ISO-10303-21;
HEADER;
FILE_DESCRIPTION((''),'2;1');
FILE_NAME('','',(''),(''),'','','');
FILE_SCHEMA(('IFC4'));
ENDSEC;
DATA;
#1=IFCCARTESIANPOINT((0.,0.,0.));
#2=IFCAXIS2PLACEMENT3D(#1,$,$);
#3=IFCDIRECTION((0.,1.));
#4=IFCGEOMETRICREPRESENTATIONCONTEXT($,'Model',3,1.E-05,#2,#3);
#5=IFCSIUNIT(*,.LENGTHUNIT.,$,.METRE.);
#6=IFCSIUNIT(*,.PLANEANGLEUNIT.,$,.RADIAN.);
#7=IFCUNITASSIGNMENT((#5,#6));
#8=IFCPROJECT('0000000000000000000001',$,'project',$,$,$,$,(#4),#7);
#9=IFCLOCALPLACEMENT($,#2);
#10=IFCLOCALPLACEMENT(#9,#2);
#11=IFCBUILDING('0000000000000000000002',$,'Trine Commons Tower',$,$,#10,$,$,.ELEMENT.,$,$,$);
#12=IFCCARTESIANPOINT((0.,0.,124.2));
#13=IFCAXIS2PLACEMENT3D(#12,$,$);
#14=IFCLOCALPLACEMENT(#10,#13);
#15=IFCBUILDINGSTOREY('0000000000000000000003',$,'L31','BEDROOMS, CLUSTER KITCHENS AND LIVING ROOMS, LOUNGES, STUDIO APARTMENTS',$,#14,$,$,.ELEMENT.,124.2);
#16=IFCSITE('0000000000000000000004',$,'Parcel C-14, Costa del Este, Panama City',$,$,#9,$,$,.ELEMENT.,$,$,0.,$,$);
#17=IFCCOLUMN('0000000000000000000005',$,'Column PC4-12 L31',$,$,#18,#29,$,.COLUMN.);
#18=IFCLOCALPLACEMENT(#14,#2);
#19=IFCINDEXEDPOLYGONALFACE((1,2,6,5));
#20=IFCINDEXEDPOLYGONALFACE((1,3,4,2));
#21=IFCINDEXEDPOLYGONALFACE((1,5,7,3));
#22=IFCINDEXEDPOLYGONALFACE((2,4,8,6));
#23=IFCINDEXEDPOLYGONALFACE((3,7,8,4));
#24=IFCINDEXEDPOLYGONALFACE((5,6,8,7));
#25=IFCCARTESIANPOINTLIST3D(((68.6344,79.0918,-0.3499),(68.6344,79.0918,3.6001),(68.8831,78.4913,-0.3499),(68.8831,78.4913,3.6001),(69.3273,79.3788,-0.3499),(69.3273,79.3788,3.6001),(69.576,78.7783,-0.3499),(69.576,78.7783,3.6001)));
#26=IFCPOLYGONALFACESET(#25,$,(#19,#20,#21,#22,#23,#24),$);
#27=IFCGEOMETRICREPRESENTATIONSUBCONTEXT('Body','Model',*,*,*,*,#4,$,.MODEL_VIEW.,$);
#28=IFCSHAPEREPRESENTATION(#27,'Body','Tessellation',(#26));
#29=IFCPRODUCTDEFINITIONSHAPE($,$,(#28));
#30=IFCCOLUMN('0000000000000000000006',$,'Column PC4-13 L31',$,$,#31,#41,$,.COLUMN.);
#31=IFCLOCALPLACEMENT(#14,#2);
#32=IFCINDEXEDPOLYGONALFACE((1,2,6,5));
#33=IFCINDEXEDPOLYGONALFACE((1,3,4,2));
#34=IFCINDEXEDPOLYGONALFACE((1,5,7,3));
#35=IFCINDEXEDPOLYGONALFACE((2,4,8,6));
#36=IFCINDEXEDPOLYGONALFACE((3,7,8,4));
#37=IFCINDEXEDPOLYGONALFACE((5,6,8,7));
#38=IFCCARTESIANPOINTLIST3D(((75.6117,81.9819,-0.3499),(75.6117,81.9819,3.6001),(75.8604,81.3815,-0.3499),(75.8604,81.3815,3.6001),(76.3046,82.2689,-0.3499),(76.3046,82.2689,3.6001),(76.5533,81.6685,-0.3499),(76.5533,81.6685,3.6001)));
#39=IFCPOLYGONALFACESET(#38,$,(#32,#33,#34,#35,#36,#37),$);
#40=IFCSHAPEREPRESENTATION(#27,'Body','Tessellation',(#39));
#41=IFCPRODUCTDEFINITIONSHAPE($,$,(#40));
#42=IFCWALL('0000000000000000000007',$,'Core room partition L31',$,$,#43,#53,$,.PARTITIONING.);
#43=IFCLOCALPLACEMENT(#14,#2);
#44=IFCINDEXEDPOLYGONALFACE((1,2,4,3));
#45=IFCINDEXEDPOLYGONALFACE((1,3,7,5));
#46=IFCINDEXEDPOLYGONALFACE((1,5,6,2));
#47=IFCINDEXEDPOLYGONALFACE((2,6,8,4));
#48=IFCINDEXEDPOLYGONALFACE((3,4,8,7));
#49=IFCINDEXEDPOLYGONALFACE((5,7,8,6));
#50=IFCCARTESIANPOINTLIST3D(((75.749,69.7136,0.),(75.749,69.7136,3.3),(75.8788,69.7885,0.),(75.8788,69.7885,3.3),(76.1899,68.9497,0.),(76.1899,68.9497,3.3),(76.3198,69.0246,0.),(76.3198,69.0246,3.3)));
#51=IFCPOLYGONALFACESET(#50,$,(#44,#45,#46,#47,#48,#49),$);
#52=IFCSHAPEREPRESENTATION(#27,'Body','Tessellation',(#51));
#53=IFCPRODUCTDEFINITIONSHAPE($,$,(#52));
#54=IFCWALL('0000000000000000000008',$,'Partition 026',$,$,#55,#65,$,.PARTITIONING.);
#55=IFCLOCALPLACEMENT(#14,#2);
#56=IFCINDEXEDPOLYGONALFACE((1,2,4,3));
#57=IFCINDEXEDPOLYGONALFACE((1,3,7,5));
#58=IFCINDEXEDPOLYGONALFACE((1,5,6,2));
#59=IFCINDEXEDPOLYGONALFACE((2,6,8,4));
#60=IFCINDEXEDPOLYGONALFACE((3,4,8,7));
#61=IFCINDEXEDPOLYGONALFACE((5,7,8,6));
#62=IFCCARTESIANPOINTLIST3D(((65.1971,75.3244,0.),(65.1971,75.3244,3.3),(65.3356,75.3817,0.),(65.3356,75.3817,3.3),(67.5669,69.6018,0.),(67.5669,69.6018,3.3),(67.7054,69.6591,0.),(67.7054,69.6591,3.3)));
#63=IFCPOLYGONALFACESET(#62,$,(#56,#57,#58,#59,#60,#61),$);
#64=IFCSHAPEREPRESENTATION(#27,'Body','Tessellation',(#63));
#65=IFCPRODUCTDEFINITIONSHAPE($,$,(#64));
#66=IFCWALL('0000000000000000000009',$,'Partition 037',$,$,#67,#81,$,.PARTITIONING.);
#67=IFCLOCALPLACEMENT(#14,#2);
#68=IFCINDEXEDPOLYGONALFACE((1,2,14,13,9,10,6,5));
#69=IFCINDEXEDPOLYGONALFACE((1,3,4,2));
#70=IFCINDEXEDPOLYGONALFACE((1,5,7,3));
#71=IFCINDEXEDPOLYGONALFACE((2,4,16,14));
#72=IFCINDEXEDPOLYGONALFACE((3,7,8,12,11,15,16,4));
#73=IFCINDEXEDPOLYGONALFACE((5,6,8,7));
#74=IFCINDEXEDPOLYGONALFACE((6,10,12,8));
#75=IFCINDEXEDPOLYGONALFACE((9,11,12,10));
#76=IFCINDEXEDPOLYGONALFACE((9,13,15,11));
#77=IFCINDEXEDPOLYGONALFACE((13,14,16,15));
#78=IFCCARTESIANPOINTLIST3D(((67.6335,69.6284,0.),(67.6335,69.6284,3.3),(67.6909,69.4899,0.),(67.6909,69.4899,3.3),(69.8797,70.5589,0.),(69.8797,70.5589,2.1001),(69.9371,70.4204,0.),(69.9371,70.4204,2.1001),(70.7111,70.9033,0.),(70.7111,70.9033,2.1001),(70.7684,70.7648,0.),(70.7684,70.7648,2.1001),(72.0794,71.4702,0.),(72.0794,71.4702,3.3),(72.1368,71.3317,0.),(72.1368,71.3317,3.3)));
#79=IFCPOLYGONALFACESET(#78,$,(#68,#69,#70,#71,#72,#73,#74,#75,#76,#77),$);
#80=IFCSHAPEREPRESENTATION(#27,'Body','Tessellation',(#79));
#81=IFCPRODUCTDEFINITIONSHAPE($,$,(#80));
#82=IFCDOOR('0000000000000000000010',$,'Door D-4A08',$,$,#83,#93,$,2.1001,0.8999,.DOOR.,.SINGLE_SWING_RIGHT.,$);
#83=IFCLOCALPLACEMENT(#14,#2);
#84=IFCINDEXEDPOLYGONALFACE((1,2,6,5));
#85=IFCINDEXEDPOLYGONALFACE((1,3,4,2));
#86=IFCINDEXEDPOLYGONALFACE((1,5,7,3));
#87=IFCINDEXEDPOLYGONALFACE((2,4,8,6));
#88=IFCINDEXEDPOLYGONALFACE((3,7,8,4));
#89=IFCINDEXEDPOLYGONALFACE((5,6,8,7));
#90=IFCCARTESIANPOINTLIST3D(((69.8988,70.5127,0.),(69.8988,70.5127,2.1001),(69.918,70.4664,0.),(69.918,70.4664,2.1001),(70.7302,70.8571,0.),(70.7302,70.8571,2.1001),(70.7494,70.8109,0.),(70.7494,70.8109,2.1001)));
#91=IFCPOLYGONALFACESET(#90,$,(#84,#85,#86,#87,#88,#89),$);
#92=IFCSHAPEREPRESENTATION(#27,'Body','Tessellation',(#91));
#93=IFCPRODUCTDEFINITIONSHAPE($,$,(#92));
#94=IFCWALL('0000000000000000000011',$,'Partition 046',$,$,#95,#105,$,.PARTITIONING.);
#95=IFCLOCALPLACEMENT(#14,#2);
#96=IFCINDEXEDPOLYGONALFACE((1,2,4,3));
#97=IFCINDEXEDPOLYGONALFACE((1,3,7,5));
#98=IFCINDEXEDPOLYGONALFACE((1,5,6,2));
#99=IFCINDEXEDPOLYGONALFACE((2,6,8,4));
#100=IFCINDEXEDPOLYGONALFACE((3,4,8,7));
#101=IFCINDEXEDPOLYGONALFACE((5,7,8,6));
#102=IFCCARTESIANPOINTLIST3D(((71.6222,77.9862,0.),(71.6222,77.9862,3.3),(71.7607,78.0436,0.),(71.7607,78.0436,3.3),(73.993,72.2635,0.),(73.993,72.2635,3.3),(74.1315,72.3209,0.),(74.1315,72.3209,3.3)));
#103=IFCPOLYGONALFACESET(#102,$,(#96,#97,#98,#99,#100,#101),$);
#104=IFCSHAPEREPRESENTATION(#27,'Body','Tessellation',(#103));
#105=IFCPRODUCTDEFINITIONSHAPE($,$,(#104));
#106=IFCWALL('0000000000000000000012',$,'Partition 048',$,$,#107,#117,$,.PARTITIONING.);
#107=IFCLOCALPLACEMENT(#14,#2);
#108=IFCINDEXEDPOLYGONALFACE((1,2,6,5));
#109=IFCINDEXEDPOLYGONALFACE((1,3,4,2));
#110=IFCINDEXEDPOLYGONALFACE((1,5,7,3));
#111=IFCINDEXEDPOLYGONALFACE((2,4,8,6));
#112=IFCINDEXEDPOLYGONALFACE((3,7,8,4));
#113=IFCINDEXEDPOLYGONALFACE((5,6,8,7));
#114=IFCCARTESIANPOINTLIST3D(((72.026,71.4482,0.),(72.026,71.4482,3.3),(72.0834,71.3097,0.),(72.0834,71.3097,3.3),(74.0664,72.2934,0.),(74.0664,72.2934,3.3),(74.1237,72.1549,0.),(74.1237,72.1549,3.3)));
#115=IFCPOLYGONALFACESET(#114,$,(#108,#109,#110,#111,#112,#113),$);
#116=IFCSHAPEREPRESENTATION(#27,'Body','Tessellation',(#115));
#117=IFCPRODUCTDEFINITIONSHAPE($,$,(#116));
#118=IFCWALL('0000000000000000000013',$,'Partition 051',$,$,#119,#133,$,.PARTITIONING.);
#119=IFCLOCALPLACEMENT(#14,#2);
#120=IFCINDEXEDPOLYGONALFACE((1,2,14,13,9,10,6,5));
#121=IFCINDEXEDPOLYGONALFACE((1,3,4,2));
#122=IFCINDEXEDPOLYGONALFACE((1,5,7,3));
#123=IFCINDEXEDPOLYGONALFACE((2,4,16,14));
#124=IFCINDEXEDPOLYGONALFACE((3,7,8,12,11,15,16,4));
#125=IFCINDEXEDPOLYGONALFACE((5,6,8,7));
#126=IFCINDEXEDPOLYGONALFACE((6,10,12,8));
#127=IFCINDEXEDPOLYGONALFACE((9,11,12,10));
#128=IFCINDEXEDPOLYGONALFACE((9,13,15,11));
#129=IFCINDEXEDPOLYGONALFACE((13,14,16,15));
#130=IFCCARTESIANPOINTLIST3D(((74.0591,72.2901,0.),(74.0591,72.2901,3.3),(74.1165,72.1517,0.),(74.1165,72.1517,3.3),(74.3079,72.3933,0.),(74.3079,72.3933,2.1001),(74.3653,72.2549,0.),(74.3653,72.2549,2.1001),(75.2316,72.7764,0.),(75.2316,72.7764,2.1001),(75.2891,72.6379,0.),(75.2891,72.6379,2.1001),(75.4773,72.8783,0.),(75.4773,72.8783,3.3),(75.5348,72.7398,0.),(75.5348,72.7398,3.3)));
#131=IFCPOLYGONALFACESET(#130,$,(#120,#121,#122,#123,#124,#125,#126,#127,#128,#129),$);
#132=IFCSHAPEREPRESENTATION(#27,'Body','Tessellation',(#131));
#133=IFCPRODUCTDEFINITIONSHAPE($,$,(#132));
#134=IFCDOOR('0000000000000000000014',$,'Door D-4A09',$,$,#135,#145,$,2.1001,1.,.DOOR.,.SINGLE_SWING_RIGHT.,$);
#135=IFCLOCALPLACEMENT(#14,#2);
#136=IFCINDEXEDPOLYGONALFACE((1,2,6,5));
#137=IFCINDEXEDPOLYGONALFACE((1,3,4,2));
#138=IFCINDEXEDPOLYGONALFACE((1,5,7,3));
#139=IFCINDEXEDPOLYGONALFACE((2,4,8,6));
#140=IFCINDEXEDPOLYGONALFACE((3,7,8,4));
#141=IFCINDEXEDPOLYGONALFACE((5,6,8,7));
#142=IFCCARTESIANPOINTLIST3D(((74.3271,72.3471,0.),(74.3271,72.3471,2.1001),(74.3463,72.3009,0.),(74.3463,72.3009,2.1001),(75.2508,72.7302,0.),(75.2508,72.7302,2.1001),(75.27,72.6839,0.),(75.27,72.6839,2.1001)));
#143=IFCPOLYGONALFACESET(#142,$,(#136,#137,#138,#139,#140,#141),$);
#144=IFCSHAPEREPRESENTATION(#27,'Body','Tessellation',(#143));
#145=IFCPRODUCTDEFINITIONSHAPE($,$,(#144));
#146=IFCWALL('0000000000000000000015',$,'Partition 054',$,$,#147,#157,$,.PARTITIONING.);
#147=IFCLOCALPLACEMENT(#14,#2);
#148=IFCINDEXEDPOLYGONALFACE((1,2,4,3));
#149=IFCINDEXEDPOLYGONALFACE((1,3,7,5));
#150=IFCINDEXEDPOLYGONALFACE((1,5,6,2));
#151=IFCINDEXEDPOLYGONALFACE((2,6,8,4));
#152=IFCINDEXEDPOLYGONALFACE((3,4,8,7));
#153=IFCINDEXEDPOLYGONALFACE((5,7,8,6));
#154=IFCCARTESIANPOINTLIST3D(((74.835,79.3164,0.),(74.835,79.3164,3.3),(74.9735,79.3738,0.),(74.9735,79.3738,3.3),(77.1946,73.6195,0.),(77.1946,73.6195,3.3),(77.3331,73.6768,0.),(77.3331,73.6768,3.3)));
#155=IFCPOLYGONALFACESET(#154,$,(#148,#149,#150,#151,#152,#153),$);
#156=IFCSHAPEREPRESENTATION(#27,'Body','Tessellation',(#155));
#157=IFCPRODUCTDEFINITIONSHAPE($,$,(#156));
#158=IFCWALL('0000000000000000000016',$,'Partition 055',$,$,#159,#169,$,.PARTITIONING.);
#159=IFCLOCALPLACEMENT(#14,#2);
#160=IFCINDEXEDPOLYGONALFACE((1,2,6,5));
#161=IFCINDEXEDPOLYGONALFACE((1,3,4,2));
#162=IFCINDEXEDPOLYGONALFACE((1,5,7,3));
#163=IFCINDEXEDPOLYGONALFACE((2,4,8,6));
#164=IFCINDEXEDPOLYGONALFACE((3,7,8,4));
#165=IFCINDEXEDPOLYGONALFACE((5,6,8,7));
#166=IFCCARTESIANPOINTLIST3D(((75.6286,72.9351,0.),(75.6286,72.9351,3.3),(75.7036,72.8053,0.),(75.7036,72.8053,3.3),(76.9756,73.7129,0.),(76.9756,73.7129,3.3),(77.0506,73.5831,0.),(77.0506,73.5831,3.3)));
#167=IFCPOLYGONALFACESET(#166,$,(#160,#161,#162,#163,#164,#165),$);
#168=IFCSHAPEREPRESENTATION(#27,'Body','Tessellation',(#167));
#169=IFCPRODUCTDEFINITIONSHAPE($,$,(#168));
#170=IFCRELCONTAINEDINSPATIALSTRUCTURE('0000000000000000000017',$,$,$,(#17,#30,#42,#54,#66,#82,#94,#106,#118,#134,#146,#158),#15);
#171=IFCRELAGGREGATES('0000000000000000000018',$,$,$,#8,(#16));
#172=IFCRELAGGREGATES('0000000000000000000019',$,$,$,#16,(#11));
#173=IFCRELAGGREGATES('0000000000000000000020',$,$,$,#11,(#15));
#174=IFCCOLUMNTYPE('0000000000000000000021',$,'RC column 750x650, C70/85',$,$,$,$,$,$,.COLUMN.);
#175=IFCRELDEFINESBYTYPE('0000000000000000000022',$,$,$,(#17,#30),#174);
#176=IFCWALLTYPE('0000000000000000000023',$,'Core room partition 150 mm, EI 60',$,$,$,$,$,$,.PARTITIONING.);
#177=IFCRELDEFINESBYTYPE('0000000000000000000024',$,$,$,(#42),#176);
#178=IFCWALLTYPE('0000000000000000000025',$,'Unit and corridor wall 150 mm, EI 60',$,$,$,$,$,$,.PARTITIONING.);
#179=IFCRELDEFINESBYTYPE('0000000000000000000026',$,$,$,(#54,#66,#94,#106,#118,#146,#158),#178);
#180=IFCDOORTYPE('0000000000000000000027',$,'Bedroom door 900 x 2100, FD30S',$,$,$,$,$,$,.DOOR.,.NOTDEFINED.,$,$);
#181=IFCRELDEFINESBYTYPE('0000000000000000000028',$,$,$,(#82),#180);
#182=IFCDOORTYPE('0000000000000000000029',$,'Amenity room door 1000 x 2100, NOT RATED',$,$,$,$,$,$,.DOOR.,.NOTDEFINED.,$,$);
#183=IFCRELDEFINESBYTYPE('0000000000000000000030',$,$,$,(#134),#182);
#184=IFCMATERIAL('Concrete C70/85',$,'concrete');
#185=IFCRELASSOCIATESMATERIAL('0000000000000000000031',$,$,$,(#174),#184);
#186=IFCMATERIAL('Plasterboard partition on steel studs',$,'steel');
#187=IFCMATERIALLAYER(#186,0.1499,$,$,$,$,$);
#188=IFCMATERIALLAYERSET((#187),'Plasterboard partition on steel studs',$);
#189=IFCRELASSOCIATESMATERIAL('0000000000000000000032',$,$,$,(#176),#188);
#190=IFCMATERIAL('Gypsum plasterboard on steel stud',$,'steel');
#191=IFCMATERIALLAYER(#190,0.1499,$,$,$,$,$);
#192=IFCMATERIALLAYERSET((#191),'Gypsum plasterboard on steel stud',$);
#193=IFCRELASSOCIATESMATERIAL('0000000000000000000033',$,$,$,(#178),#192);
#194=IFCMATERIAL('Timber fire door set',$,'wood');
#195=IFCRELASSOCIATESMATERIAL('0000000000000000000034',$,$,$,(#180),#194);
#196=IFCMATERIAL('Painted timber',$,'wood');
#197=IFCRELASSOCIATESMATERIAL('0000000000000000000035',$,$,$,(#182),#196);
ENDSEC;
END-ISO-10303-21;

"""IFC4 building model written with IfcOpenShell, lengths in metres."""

from ifc_helpers import new_model, si_unit, direction, frame, frame_2d, origin, origin_2d, place, context, subcontext, project, spatial, rectangle, extrude, material, layer, layer_set, material_profile, profile_set, type_object, element, fill, save


model = new_model("IFC4")

# Units and contexts
model_context = context("Model", 3, precision=1e-05, world=origin(), true_north=direction((0.0, 1.0)))
body_context = subcontext(model_context, "Body", "Model", "MODEL_VIEW")
ifc_project = project(units=[si_unit("LENGTHUNIT", "METRE"), si_unit("PLANEANGLEUNIT", "RADIAN")], contexts=[model_context])

# Site, building, storey
site_placement = place(None, origin())
site = spatial("IfcSite", under=ifc_project, at=site_placement, Name="Parcel C-14, Costa del Este, Panama City", CompositionType="ELEMENT", RefElevation=0.0)
building_placement = place(site_placement, origin())
building = spatial("IfcBuilding", under=site, at=building_placement, Name="Trine Commons Tower", CompositionType="ELEMENT")
storey_placement = place(building_placement, frame((0.0, 0.0, 124.2)))
storey = spatial("IfcBuildingStorey", under=building, at=storey_placement, Name="L31", Description="BEDROOMS, CLUSTER KITCHENS AND LIVING ROOMS, LOUNGES, STUDIO APARTMENTS", CompositionType="ELEMENT", Elevation=124.2)

# Columns
ifc_material_1 = material(Name="Concrete C70/85", Category="concrete")
ifc_material_profile = material_profile(ifc_material_1, rectangle(XDim=0.75, YDim=0.6499, at=origin_2d()), Name="RC 750x650")
ifc_profile_set = profile_set([ifc_material_profile], Name="Concrete C70/85")
column_type = type_object("IfcColumnType", Name="RC column 750x650, C70/85", PredefinedType="COLUMN", material=ifc_profile_set)
for number, where, z_axis, x_axis, name in (
    (1, (69.1052, 78.9351, -0.3499), (0.0, 0.0, 1.0), (0.92388, 0.382683, 0.0), "Column PC4-12 L31"),
    (2, (76.0825, 81.8252, -0.3499), (0.0, 0.0, 1.0), (0.92388, 0.382683, 0.0), "Column PC4-13 L31"),
):
    element("IfcColumn", number, at=place(storey_placement, frame(where, z_axis=z_axis, x_axis=x_axis)), inside=storey, type_object=column_type, Name=name, PredefinedType="COLUMN", context=body_context, shape_type="SweptSolid", body=[
        extrude(rectangle(XDim=0.75, YDim=0.6499, at=origin_2d()), origin(), (0.0, 0.0, 1.0), 3.95),
    ])

# Walls
ifc_material_2 = material(Name="Plasterboard partition on steel studs", Category="steel")
ifc_layer_1 = layer(ifc_material_2, 0.1499)
ifc_layer_set_1 = layer_set([ifc_layer_1], Name="Plasterboard partition on steel studs")
wall_type_1 = type_object("IfcWallType", Name="Core room partition 150 mm, EI 60", PredefinedType="PARTITIONING", material=ifc_layer_set_1)
wall_1_placement = place(storey_placement, frame((75.814, 69.751, 0.0), z_axis=(0.0, 0.0, 1.0), x_axis=(0.49989, -0.866089, 0.0)))
element("IfcWall", 3, at=wall_1_placement, inside=storey, type_object=wall_type_1, Name="Core room partition L31", PredefinedType="PARTITIONING", context=body_context, shape_type="SweptSolid", body=[
    extrude(rectangle(XDim=0.8821, YDim=0.1499, at=frame_2d((0.4409, 0.0))), origin(), (0.0, 0.0, 1.0), 3.3),
])
ifc_material_3 = material(Name="Gypsum plasterboard on steel stud", Category="steel")
ifc_layer_2 = layer(ifc_material_3, 0.1499)
ifc_layer_set_2 = layer_set([ifc_layer_2], Name="Gypsum plasterboard on steel stud")
wall_type_2 = type_object("IfcWallType", Name="Unit and corridor wall 150 mm, EI 60", PredefinedType="PARTITIONING", material=ifc_layer_set_2)
wall_2_placement = place(storey_placement, frame((65.2664, 75.353, 0.0), z_axis=(0.0, 0.0, 1.0), x_axis=(0.382611, -0.92391, 0.0)))
element("IfcWall", 4, at=wall_2_placement, inside=storey, type_object=wall_type_2, Name="Partition 026", PredefinedType="PARTITIONING", context=body_context, shape_type="SweptSolid", body=[
    extrude(rectangle(XDim=6.1938, YDim=0.1499, at=frame_2d((3.0969, 0.0))), origin(), (0.0, 0.0, 1.0), 3.3),
])

# Wall, opening, door
wall_3_placement = place(storey_placement, frame((67.6621, 69.5591, 0.0), z_axis=(0.0, 0.0, 1.0), x_axis=(0.923859, 0.382734, 0.0)))
wall_3 = element("IfcWall", 5, at=wall_3_placement, inside=storey, type_object=wall_type_2, Name="Partition 037", PredefinedType="PARTITIONING", context=body_context, shape_type="SweptSolid", body=[
    extrude(rectangle(XDim=4.8123, YDim=0.1499, at=frame_2d((2.4062, 0.0))), origin(), (0.0, 0.0, 1.0), 3.3),
])
opening_1_placement = place(wall_3_placement, frame((2.4314, 0.0, 0.0)))
opening_1 = element("IfcOpeningElement", 6, at=opening_1_placement, cuts=wall_3, PredefinedType="OPENING", context=body_context, shape_type="SweptSolid", body=[
    extrude(rectangle(XDim=0.8999, YDim=2.1001, at=frame_2d((0.45, 1.05))), frame((0.0, 0.085, 0.0), z_axis=(0.0, -1.0, 0.0), x_axis=(1.0, 0.0, 0.0)), (0.0, 0.0, 1.0), 0.1699),
])
ifc_material_4 = material(Name="Timber fire door set", Category="wood")
door_type_1 = type_object("IfcDoorType", Name="Bedroom door 900 x 2100, FD30S", OperationType="NOTDEFINED", PredefinedType="DOOR", material=ifc_material_4)
door_1_placement = place(opening_1_placement, origin())
door_1 = element("IfcDoor", 7, at=door_1_placement, inside=storey, type_object=door_type_1, Name="Door D-4A08", OperationType="SINGLE_SWING_RIGHT", OverallHeight=2.1001, OverallWidth=0.8999, PredefinedType="DOOR", context=body_context, shape_type="SweptSolid", body=[
    extrude(rectangle(XDim=0.8999, YDim=2.1001, at=frame_2d((0.45, 1.05))), frame((0.0, 0.0249, 0.0), z_axis=(0.0, -1.0, 0.0), x_axis=(1.0, 0.0, 0.0)), (0.0, 0.0, 1.0), 0.05),
])
fill(opening_1, door_1)

# Walls
wall_4_placement = place(storey_placement, frame((71.6914, 78.0149, 0.0), z_axis=(0.0, 0.0, 1.0), x_axis=(0.382745, -0.923854, 0.0)))
element("IfcWall", 8, at=wall_4_placement, inside=storey, type_object=wall_type_2, Name="Partition 046", PredefinedType="PARTITIONING", context=body_context, shape_type="SweptSolid", body=[
    extrude(rectangle(XDim=6.1943, YDim=0.1499, at=frame_2d((3.0972, 0.0))), origin(), (0.0, 0.0, 1.0), 3.3),
])
wall_5_placement = place(storey_placement, frame((72.0547, 71.3789, 0.0), z_axis=(0.0, 0.0, 1.0), x_axis=(0.923863, 0.382723, 0.0)))
element("IfcWall", 9, at=wall_5_placement, inside=storey, type_object=wall_type_2, Name="Partition 048", PredefinedType="PARTITIONING", context=body_context, shape_type="SweptSolid", body=[
    extrude(rectangle(XDim=2.2085, YDim=0.1499, at=frame_2d((1.1042, 0.0))), origin(), (0.0, 0.0, 1.0), 3.3),
])

# Wall, opening, door
wall_6_placement = place(storey_placement, frame((74.0879, 72.2209, 0.0), z_axis=(0.0, 0.0, 1.0), x_axis=(0.92372, 0.383068, 0.0)))
wall_6 = element("IfcWall", 10, at=wall_6_placement, inside=storey, type_object=wall_type_2, Name="Partition 051", PredefinedType="PARTITIONING", context=body_context, shape_type="SweptSolid", body=[
    extrude(rectangle(XDim=1.5354, YDim=0.1499, at=frame_2d((0.7676, 0.0))), origin(), (0.0, 0.0, 1.0), 3.3),
])
opening_2_placement = place(wall_6_placement, frame((0.2693, 0.0, 0.0)))
opening_2 = element("IfcOpeningElement", 11, at=opening_2_placement, cuts=wall_6, PredefinedType="OPENING", context=body_context, shape_type="SweptSolid", body=[
    extrude(rectangle(XDim=1.0, YDim=2.1001, at=frame_2d((0.5, 1.05))), frame((0.0, 0.085, 0.0), z_axis=(0.0, -1.0, 0.0), x_axis=(1.0, 0.0, 0.0)), (0.0, 0.0, 1.0), 0.1699),
])
ifc_material_5 = material(Name="Painted timber", Category="wood")
door_type_2 = type_object("IfcDoorType", Name="Amenity room door 1000 x 2100, NOT RATED", OperationType="NOTDEFINED", PredefinedType="DOOR", material=ifc_material_5)
door_2_placement = place(opening_2_placement, origin())
door_2 = element("IfcDoor", 12, at=door_2_placement, inside=storey, type_object=door_type_2, Name="Door D-4A09", OperationType="SINGLE_SWING_RIGHT", OverallHeight=2.1001, OverallWidth=1.0, PredefinedType="DOOR", context=body_context, shape_type="SweptSolid", body=[
    extrude(rectangle(XDim=1.0, YDim=2.1001, at=frame_2d((0.5, 1.05))), frame((0.0, 0.0249, 0.0), z_axis=(0.0, -1.0, 0.0), x_axis=(1.0, 0.0, 0.0)), (0.0, 0.0, 1.0), 0.05),
])
fill(opening_2, door_2)

# Walls
wall_7_placement = place(storey_placement, frame((74.9043, 79.345, 0.0), z_axis=(0.0, 0.0, 1.0), x_axis=(0.382661, -0.923889, 0.0)))
element("IfcWall", 13, at=wall_7_placement, inside=storey, type_object=wall_type_2, Name="Partition 054", PredefinedType="PARTITIONING", context=body_context, shape_type="SweptSolid", body=[
    extrude(rectangle(XDim=6.1663, YDim=0.1499, at=frame_2d((3.083, 0.0))), origin(), (0.0, 0.0, 1.0), 3.3),
])
wall_8_placement = place(storey_placement, frame((75.666, 72.8701, 0.0), z_axis=(0.0, 0.0, 1.0), x_axis=(0.865974, 0.500089, 0.0)))
element("IfcWall", 14, at=wall_8_placement, inside=storey, type_object=wall_type_2, Name="Partition 055", PredefinedType="PARTITIONING", context=body_context, shape_type="SweptSolid", body=[
    extrude(rectangle(XDim=1.5554, YDim=0.1499, at=frame_2d((0.7778, 0.0))), origin(), (0.0, 0.0, 1.0), 3.3),
])

save(model, "model.ifc")
